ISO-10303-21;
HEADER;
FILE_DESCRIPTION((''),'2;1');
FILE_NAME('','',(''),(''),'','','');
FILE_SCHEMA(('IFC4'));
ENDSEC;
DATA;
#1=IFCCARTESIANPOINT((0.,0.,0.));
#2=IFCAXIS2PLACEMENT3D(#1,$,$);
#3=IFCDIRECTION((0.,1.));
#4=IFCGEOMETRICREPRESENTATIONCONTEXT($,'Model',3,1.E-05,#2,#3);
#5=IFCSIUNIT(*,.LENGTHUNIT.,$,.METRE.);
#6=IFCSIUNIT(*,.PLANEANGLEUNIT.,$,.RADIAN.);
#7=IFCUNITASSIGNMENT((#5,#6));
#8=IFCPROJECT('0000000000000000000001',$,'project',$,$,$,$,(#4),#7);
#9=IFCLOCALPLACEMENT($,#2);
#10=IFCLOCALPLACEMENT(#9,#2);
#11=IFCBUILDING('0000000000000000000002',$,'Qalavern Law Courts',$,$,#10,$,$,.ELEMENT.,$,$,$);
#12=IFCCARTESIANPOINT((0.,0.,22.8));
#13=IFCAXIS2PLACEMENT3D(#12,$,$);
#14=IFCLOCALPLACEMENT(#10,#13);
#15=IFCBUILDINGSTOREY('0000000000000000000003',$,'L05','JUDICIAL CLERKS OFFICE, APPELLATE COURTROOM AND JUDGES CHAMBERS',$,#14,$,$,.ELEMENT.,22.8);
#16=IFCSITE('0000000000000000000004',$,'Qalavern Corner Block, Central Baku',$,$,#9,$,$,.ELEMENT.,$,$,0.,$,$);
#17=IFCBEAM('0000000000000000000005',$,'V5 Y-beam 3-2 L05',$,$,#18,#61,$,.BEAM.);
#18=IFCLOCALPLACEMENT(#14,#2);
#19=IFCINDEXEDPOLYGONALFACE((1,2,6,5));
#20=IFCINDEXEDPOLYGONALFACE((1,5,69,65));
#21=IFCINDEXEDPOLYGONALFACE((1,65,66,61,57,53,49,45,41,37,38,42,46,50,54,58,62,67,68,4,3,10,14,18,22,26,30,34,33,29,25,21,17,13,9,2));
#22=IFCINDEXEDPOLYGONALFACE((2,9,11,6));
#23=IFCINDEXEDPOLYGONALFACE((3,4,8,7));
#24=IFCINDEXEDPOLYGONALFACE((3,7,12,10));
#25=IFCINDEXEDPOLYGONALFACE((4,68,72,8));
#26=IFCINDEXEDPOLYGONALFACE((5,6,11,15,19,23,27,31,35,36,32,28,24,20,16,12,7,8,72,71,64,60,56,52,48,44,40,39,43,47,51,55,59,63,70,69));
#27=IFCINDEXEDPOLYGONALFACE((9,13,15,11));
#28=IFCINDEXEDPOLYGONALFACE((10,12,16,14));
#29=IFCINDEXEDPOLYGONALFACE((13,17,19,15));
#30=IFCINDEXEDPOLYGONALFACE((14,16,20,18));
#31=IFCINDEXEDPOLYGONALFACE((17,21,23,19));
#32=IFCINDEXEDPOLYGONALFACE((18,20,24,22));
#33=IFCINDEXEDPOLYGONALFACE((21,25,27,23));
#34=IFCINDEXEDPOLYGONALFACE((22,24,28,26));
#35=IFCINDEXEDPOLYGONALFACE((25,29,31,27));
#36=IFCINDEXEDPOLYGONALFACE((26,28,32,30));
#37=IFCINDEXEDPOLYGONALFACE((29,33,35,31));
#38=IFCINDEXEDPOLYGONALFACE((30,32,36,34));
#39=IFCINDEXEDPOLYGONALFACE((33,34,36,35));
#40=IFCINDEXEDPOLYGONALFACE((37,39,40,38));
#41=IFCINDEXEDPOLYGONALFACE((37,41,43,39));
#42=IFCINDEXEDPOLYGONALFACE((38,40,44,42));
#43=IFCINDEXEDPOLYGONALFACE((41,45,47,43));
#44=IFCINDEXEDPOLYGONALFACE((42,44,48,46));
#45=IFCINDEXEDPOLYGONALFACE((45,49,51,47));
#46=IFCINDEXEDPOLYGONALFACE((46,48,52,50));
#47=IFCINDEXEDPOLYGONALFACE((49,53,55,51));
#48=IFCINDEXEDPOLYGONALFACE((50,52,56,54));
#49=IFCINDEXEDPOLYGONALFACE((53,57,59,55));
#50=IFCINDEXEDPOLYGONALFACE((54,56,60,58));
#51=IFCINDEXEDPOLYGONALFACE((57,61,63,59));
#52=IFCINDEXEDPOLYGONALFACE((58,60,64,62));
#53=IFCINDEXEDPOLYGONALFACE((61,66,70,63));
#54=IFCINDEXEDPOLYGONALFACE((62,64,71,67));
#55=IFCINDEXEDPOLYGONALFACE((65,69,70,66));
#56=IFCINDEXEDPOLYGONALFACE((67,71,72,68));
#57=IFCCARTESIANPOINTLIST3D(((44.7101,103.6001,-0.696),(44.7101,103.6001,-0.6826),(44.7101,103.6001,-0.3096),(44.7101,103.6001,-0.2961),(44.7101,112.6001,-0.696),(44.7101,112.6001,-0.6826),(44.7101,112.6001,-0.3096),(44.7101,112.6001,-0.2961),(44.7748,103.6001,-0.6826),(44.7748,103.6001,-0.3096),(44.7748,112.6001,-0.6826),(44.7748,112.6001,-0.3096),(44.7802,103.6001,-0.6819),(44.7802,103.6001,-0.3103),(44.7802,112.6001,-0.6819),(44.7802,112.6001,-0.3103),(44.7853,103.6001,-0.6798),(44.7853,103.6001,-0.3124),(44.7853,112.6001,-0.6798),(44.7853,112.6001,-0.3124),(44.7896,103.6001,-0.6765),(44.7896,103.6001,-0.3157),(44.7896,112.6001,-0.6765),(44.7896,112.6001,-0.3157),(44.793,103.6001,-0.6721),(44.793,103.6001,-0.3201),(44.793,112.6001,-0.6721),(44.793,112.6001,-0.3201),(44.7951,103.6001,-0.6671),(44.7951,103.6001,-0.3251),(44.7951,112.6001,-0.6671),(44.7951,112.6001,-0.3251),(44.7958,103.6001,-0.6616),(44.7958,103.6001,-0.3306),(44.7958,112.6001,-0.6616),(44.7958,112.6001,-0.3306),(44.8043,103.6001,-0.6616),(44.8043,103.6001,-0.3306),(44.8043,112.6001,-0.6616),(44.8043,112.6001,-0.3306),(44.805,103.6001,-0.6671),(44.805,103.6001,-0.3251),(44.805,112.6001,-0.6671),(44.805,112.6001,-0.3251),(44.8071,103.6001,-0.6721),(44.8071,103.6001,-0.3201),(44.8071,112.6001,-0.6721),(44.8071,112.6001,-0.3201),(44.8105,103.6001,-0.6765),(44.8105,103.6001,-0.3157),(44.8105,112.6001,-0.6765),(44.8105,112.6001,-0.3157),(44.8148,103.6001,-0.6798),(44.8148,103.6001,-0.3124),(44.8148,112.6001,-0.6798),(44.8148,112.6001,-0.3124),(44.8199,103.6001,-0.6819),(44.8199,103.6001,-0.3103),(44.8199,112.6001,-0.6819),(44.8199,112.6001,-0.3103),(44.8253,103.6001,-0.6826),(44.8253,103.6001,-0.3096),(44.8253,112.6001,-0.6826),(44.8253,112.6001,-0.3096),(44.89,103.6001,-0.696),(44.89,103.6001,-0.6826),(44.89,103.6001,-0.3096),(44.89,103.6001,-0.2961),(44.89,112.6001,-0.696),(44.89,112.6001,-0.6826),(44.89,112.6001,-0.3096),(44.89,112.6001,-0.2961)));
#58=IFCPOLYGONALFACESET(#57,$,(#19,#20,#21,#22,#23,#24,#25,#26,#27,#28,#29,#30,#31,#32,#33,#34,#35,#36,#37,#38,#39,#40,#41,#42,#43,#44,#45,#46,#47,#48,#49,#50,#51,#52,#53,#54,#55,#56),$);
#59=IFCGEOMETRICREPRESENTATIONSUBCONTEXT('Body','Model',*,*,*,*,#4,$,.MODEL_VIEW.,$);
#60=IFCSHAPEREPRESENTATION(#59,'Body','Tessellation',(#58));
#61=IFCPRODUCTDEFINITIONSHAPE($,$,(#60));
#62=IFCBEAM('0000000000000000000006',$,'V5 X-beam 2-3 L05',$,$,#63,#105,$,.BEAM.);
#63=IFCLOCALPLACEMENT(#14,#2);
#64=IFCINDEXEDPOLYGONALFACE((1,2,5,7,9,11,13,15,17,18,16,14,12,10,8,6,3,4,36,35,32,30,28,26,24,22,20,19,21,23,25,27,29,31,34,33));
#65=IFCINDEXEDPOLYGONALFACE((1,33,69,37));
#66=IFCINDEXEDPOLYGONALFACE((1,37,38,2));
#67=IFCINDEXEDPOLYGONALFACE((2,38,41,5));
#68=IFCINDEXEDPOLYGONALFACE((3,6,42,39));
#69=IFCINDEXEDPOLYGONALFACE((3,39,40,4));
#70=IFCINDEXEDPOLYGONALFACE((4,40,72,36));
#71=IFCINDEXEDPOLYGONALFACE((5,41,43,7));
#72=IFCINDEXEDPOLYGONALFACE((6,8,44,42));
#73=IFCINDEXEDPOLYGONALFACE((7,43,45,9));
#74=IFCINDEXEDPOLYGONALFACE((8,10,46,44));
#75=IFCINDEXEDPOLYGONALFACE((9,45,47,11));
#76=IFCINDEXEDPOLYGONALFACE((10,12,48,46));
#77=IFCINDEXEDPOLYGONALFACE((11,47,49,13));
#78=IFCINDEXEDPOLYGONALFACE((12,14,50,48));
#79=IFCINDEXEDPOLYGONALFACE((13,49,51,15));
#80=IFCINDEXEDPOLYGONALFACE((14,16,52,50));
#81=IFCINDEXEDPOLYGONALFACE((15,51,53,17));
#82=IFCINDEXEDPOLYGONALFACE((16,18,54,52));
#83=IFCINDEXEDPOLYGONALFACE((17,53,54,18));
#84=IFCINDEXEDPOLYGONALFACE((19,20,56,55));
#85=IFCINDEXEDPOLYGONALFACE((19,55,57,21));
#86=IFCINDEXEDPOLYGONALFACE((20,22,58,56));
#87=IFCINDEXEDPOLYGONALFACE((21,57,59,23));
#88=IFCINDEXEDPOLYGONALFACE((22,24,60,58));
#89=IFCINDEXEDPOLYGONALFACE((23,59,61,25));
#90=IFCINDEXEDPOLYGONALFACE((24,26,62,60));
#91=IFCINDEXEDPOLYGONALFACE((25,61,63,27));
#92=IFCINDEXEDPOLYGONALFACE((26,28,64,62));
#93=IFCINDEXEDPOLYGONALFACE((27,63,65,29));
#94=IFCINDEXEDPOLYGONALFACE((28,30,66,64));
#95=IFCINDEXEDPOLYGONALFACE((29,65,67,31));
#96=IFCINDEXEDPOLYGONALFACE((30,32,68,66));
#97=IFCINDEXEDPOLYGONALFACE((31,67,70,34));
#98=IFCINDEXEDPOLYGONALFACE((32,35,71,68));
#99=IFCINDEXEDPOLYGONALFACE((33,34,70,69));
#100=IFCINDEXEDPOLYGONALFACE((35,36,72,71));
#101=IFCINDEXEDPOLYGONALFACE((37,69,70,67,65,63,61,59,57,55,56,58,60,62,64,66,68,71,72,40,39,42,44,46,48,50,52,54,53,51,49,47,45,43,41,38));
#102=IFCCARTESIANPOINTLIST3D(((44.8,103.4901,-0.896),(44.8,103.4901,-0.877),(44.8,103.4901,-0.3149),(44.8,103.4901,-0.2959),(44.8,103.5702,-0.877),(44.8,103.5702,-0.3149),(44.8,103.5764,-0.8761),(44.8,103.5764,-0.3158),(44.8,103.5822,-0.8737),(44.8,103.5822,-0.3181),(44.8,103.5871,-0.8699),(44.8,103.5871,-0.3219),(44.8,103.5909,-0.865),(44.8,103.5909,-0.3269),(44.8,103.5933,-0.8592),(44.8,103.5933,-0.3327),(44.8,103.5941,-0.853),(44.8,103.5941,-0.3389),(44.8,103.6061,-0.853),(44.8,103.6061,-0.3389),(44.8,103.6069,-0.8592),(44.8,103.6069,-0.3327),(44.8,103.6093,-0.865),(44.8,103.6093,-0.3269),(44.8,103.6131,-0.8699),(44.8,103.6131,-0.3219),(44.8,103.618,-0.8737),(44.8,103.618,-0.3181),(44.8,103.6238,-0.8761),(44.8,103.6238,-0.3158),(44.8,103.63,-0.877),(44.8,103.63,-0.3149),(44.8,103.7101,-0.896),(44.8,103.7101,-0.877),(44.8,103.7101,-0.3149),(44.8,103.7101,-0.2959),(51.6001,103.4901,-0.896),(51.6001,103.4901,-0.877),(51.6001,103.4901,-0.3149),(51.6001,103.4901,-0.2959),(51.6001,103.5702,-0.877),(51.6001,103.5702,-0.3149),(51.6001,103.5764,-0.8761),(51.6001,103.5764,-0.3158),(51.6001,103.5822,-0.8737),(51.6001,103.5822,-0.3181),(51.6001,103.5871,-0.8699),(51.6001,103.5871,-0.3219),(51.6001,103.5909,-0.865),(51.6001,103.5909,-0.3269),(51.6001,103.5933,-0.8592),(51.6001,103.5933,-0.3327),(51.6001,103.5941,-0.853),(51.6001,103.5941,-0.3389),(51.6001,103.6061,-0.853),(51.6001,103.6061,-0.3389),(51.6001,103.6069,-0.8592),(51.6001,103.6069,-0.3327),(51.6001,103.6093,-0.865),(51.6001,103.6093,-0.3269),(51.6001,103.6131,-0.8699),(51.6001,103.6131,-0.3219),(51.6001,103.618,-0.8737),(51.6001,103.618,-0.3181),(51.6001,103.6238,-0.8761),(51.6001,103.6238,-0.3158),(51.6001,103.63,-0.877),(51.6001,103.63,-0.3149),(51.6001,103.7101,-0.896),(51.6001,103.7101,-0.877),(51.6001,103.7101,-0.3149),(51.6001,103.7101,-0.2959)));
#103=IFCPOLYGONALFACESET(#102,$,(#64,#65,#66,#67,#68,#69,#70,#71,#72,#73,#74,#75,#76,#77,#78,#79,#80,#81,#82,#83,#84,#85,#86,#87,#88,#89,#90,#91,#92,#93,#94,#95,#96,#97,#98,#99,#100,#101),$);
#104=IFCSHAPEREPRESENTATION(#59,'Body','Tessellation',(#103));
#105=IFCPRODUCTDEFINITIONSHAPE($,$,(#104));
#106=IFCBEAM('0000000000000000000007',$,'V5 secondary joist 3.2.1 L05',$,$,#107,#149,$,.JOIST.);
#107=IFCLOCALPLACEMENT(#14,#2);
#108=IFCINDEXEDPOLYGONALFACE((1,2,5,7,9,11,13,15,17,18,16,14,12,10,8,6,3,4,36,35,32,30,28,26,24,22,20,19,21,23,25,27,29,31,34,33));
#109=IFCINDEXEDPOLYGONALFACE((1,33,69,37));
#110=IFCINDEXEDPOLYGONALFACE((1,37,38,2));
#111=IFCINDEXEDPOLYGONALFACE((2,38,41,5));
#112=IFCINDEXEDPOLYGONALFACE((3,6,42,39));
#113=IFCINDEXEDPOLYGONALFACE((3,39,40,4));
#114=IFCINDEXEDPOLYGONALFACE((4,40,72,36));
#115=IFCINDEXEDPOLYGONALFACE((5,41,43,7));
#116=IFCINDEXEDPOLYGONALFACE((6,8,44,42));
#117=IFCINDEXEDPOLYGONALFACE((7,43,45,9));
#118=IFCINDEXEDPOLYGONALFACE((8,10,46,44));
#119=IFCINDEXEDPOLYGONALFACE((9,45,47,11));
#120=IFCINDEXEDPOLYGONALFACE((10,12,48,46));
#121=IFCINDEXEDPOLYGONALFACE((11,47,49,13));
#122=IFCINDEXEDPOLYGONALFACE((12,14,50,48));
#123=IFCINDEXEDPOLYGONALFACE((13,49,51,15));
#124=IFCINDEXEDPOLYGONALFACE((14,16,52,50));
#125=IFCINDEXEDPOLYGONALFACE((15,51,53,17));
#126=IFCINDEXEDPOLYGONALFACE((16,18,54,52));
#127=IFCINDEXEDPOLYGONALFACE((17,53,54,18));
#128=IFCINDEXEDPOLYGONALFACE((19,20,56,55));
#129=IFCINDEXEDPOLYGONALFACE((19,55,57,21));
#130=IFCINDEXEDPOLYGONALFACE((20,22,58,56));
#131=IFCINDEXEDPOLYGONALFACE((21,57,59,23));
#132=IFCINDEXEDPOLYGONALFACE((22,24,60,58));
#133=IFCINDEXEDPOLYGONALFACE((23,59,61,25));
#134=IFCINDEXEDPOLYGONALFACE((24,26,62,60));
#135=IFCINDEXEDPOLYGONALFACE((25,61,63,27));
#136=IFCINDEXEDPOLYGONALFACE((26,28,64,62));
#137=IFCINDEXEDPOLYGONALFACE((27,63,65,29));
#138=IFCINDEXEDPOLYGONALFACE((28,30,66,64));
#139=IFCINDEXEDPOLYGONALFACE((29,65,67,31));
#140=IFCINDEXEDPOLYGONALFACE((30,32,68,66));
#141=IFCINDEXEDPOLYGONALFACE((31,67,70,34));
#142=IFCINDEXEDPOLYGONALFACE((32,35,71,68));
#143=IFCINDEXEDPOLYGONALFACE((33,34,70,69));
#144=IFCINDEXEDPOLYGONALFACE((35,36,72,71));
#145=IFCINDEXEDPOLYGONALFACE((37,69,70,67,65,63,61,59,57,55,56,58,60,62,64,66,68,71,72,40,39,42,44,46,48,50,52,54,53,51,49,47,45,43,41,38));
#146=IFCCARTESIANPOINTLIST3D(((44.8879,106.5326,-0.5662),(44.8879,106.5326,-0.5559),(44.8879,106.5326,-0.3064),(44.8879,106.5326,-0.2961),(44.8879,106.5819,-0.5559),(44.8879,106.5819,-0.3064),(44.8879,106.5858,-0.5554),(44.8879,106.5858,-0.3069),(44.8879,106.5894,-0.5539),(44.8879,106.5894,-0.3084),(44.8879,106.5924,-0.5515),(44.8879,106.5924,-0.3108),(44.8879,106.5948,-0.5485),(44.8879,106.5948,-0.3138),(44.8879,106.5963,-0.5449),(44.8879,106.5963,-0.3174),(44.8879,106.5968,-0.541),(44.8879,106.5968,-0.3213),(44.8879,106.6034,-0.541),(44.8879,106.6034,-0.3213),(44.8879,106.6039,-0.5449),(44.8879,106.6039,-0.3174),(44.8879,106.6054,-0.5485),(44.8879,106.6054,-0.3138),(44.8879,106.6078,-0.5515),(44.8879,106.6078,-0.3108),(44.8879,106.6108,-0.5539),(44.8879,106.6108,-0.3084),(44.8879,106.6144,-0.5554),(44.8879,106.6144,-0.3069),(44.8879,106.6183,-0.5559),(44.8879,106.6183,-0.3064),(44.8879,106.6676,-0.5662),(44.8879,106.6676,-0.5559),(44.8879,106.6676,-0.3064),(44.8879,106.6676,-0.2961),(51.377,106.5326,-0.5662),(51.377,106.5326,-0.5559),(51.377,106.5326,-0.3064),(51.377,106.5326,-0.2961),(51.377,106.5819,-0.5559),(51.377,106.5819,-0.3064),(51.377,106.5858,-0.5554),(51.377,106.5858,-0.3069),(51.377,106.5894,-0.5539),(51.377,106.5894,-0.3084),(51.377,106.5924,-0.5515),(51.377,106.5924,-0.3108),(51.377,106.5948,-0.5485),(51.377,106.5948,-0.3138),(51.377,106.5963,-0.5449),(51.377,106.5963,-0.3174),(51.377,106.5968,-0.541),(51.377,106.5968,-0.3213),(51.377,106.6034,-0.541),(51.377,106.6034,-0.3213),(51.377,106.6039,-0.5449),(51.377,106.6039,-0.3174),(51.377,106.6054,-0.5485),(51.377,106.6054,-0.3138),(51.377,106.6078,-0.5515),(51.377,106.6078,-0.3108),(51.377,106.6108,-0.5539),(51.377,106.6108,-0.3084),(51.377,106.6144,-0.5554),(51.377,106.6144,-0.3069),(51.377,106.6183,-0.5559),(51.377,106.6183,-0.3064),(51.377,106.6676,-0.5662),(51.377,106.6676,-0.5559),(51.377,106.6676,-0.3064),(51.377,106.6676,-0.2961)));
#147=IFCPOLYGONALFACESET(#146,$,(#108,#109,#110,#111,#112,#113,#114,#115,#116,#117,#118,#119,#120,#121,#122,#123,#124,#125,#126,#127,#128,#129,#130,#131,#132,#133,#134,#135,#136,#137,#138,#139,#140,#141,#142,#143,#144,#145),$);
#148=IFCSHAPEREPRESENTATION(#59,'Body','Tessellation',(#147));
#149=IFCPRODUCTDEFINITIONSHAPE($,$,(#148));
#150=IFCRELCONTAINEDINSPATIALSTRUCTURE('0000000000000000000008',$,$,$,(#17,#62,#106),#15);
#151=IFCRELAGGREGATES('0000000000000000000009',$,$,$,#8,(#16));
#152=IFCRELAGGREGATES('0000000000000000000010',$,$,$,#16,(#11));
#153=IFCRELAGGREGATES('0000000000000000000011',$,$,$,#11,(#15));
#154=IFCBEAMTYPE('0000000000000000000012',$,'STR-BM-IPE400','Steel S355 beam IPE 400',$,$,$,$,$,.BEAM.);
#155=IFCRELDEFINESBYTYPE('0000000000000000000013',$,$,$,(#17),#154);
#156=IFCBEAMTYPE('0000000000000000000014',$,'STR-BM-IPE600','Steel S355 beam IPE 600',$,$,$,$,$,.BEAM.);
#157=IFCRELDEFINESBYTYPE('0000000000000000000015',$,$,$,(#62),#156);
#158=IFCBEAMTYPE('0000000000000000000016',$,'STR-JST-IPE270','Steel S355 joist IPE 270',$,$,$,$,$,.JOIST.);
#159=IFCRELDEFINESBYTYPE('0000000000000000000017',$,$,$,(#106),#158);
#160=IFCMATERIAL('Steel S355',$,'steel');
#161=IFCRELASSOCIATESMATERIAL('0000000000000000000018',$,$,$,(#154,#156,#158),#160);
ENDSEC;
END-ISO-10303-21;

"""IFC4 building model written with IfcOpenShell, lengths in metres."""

from ifc_helpers import new_model, si_unit, direction, frame, origin, origin_2d, place, context, subcontext, project, spatial, i_section, extrude, material, material_profile, profile_set, type_object, element, save


model = new_model("IFC4")

# Units and contexts
model_context = context("Model", 3, precision=1e-05, world=origin(), true_north=direction((0.0, 1.0)))
body_context = subcontext(model_context, "Body", "Model", "MODEL_VIEW")
ifc_project = project(units=[si_unit("LENGTHUNIT", "METRE"), si_unit("PLANEANGLEUNIT", "RADIAN")], contexts=[model_context])

# Site, building, storey
site_placement = place(None, origin())
site = spatial("IfcSite", under=ifc_project, at=site_placement, Name="Qalavern Corner Block, Central Baku", CompositionType="ELEMENT", RefElevation=0.0)
building_placement = place(site_placement, origin())
building = spatial("IfcBuilding", under=site, at=building_placement, Name="Qalavern Law Courts", CompositionType="ELEMENT")
storey_placement = place(building_placement, frame((0.0, 0.0, 22.8)))
storey = spatial("IfcBuildingStorey", under=building, at=storey_placement, Name="L05", Description="JUDICIAL CLERKS OFFICE, APPELLATE COURTROOM AND JUDGES CHAMBERS", CompositionType="ELEMENT", Elevation=22.8)

# Beams
ifc_material_1 = material(Name="Steel S355", Category="steel")
ifc_material_profile_1 = material_profile(ifc_material_1, i_section(OverallWidth=0.1799, OverallDepth=0.3999, WebThickness=0.0085, FlangeThickness=0.0134, FilletRadius=0.021, at=origin_2d()), Name="IPE 400")
ifc_profile_set_1 = profile_set([ifc_material_profile_1], Name="Steel S355")
beam_type_1 = type_object("IfcBeamType", Name="STR-BM-IPE400", Description="Steel S355 beam IPE 400", PredefinedType="BEAM", material=ifc_profile_set_1)
beam_1_placement = place(storey_placement, frame((44.8, 103.6001, -0.4961), z_axis=(0.0, 1.0, 0.0), x_axis=(-1.0, 0.0, 0.0)))
element("IfcBeam", 1, at=beam_1_placement, inside=storey, type_object=beam_type_1, Name="V5 Y-beam 3-2 L05", PredefinedType="BEAM", context=body_context, shape_type="SweptSolid", body=[
    extrude(i_section(OverallWidth=0.1799, OverallDepth=0.3999, WebThickness=0.0085, FlangeThickness=0.0134, FilletRadius=0.021, at=origin_2d()), origin(), (0.0, 0.0, 1.0), 9.0),
])
ifc_material_profile_2 = material_profile(ifc_material_1, i_section(OverallWidth=0.22, OverallDepth=0.6001, WebThickness=0.012, FlangeThickness=0.019, FilletRadius=0.0239, at=origin_2d()), Name="IPE 600")
ifc_profile_set_2 = profile_set([ifc_material_profile_2], Name="Steel S355")
beam_type_2 = type_object("IfcBeamType", Name="STR-BM-IPE600", Description="Steel S355 beam IPE 600", PredefinedType="BEAM", material=ifc_profile_set_2)
beam_2_placement = place(storey_placement, frame((44.8, 103.6001, -0.5959), z_axis=(1.0, 0.0, 0.0), x_axis=(0.0, 1.0, 0.0)))
element("IfcBeam", 2, at=beam_2_placement, inside=storey, type_object=beam_type_2, Name="V5 X-beam 2-3 L05", PredefinedType="BEAM", context=body_context, shape_type="SweptSolid", body=[
    extrude(i_section(OverallWidth=0.22, OverallDepth=0.6001, WebThickness=0.012, FlangeThickness=0.019, FilletRadius=0.0239, at=origin_2d()), origin(), (0.0, 0.0, 1.0), 6.8),
])
ifc_material_profile_3 = material_profile(ifc_material_1, i_section(OverallWidth=0.135, OverallDepth=0.27, WebThickness=0.0066, FlangeThickness=0.0103, FilletRadius=0.0149, at=origin_2d()), Name="IPE 270")
ifc_profile_set_3 = profile_set([ifc_material_profile_3], Name="Steel S355")
beam_type_3 = type_object("IfcBeamType", Name="STR-JST-IPE270", Description="Steel S355 joist IPE 270", PredefinedType="JOIST", material=ifc_profile_set_3)
beam_3_placement = place(storey_placement, frame((44.8879, 106.6001, -0.4312), z_axis=(1.0, 0.0, 0.0), x_axis=(0.0, 1.0, 0.0)))
element("IfcBeam", 3, at=beam_3_placement, inside=storey, type_object=beam_type_3, Name="V5 secondary joist 3.2.1 L05", PredefinedType="JOIST", context=body_context, shape_type="SweptSolid", body=[
    extrude(i_section(OverallWidth=0.135, OverallDepth=0.27, WebThickness=0.0066, FlangeThickness=0.0103, FilletRadius=0.0149, at=origin_2d()), origin(), (0.0, 0.0, 1.0), 6.489),
])

save(model, "model.ifc")
